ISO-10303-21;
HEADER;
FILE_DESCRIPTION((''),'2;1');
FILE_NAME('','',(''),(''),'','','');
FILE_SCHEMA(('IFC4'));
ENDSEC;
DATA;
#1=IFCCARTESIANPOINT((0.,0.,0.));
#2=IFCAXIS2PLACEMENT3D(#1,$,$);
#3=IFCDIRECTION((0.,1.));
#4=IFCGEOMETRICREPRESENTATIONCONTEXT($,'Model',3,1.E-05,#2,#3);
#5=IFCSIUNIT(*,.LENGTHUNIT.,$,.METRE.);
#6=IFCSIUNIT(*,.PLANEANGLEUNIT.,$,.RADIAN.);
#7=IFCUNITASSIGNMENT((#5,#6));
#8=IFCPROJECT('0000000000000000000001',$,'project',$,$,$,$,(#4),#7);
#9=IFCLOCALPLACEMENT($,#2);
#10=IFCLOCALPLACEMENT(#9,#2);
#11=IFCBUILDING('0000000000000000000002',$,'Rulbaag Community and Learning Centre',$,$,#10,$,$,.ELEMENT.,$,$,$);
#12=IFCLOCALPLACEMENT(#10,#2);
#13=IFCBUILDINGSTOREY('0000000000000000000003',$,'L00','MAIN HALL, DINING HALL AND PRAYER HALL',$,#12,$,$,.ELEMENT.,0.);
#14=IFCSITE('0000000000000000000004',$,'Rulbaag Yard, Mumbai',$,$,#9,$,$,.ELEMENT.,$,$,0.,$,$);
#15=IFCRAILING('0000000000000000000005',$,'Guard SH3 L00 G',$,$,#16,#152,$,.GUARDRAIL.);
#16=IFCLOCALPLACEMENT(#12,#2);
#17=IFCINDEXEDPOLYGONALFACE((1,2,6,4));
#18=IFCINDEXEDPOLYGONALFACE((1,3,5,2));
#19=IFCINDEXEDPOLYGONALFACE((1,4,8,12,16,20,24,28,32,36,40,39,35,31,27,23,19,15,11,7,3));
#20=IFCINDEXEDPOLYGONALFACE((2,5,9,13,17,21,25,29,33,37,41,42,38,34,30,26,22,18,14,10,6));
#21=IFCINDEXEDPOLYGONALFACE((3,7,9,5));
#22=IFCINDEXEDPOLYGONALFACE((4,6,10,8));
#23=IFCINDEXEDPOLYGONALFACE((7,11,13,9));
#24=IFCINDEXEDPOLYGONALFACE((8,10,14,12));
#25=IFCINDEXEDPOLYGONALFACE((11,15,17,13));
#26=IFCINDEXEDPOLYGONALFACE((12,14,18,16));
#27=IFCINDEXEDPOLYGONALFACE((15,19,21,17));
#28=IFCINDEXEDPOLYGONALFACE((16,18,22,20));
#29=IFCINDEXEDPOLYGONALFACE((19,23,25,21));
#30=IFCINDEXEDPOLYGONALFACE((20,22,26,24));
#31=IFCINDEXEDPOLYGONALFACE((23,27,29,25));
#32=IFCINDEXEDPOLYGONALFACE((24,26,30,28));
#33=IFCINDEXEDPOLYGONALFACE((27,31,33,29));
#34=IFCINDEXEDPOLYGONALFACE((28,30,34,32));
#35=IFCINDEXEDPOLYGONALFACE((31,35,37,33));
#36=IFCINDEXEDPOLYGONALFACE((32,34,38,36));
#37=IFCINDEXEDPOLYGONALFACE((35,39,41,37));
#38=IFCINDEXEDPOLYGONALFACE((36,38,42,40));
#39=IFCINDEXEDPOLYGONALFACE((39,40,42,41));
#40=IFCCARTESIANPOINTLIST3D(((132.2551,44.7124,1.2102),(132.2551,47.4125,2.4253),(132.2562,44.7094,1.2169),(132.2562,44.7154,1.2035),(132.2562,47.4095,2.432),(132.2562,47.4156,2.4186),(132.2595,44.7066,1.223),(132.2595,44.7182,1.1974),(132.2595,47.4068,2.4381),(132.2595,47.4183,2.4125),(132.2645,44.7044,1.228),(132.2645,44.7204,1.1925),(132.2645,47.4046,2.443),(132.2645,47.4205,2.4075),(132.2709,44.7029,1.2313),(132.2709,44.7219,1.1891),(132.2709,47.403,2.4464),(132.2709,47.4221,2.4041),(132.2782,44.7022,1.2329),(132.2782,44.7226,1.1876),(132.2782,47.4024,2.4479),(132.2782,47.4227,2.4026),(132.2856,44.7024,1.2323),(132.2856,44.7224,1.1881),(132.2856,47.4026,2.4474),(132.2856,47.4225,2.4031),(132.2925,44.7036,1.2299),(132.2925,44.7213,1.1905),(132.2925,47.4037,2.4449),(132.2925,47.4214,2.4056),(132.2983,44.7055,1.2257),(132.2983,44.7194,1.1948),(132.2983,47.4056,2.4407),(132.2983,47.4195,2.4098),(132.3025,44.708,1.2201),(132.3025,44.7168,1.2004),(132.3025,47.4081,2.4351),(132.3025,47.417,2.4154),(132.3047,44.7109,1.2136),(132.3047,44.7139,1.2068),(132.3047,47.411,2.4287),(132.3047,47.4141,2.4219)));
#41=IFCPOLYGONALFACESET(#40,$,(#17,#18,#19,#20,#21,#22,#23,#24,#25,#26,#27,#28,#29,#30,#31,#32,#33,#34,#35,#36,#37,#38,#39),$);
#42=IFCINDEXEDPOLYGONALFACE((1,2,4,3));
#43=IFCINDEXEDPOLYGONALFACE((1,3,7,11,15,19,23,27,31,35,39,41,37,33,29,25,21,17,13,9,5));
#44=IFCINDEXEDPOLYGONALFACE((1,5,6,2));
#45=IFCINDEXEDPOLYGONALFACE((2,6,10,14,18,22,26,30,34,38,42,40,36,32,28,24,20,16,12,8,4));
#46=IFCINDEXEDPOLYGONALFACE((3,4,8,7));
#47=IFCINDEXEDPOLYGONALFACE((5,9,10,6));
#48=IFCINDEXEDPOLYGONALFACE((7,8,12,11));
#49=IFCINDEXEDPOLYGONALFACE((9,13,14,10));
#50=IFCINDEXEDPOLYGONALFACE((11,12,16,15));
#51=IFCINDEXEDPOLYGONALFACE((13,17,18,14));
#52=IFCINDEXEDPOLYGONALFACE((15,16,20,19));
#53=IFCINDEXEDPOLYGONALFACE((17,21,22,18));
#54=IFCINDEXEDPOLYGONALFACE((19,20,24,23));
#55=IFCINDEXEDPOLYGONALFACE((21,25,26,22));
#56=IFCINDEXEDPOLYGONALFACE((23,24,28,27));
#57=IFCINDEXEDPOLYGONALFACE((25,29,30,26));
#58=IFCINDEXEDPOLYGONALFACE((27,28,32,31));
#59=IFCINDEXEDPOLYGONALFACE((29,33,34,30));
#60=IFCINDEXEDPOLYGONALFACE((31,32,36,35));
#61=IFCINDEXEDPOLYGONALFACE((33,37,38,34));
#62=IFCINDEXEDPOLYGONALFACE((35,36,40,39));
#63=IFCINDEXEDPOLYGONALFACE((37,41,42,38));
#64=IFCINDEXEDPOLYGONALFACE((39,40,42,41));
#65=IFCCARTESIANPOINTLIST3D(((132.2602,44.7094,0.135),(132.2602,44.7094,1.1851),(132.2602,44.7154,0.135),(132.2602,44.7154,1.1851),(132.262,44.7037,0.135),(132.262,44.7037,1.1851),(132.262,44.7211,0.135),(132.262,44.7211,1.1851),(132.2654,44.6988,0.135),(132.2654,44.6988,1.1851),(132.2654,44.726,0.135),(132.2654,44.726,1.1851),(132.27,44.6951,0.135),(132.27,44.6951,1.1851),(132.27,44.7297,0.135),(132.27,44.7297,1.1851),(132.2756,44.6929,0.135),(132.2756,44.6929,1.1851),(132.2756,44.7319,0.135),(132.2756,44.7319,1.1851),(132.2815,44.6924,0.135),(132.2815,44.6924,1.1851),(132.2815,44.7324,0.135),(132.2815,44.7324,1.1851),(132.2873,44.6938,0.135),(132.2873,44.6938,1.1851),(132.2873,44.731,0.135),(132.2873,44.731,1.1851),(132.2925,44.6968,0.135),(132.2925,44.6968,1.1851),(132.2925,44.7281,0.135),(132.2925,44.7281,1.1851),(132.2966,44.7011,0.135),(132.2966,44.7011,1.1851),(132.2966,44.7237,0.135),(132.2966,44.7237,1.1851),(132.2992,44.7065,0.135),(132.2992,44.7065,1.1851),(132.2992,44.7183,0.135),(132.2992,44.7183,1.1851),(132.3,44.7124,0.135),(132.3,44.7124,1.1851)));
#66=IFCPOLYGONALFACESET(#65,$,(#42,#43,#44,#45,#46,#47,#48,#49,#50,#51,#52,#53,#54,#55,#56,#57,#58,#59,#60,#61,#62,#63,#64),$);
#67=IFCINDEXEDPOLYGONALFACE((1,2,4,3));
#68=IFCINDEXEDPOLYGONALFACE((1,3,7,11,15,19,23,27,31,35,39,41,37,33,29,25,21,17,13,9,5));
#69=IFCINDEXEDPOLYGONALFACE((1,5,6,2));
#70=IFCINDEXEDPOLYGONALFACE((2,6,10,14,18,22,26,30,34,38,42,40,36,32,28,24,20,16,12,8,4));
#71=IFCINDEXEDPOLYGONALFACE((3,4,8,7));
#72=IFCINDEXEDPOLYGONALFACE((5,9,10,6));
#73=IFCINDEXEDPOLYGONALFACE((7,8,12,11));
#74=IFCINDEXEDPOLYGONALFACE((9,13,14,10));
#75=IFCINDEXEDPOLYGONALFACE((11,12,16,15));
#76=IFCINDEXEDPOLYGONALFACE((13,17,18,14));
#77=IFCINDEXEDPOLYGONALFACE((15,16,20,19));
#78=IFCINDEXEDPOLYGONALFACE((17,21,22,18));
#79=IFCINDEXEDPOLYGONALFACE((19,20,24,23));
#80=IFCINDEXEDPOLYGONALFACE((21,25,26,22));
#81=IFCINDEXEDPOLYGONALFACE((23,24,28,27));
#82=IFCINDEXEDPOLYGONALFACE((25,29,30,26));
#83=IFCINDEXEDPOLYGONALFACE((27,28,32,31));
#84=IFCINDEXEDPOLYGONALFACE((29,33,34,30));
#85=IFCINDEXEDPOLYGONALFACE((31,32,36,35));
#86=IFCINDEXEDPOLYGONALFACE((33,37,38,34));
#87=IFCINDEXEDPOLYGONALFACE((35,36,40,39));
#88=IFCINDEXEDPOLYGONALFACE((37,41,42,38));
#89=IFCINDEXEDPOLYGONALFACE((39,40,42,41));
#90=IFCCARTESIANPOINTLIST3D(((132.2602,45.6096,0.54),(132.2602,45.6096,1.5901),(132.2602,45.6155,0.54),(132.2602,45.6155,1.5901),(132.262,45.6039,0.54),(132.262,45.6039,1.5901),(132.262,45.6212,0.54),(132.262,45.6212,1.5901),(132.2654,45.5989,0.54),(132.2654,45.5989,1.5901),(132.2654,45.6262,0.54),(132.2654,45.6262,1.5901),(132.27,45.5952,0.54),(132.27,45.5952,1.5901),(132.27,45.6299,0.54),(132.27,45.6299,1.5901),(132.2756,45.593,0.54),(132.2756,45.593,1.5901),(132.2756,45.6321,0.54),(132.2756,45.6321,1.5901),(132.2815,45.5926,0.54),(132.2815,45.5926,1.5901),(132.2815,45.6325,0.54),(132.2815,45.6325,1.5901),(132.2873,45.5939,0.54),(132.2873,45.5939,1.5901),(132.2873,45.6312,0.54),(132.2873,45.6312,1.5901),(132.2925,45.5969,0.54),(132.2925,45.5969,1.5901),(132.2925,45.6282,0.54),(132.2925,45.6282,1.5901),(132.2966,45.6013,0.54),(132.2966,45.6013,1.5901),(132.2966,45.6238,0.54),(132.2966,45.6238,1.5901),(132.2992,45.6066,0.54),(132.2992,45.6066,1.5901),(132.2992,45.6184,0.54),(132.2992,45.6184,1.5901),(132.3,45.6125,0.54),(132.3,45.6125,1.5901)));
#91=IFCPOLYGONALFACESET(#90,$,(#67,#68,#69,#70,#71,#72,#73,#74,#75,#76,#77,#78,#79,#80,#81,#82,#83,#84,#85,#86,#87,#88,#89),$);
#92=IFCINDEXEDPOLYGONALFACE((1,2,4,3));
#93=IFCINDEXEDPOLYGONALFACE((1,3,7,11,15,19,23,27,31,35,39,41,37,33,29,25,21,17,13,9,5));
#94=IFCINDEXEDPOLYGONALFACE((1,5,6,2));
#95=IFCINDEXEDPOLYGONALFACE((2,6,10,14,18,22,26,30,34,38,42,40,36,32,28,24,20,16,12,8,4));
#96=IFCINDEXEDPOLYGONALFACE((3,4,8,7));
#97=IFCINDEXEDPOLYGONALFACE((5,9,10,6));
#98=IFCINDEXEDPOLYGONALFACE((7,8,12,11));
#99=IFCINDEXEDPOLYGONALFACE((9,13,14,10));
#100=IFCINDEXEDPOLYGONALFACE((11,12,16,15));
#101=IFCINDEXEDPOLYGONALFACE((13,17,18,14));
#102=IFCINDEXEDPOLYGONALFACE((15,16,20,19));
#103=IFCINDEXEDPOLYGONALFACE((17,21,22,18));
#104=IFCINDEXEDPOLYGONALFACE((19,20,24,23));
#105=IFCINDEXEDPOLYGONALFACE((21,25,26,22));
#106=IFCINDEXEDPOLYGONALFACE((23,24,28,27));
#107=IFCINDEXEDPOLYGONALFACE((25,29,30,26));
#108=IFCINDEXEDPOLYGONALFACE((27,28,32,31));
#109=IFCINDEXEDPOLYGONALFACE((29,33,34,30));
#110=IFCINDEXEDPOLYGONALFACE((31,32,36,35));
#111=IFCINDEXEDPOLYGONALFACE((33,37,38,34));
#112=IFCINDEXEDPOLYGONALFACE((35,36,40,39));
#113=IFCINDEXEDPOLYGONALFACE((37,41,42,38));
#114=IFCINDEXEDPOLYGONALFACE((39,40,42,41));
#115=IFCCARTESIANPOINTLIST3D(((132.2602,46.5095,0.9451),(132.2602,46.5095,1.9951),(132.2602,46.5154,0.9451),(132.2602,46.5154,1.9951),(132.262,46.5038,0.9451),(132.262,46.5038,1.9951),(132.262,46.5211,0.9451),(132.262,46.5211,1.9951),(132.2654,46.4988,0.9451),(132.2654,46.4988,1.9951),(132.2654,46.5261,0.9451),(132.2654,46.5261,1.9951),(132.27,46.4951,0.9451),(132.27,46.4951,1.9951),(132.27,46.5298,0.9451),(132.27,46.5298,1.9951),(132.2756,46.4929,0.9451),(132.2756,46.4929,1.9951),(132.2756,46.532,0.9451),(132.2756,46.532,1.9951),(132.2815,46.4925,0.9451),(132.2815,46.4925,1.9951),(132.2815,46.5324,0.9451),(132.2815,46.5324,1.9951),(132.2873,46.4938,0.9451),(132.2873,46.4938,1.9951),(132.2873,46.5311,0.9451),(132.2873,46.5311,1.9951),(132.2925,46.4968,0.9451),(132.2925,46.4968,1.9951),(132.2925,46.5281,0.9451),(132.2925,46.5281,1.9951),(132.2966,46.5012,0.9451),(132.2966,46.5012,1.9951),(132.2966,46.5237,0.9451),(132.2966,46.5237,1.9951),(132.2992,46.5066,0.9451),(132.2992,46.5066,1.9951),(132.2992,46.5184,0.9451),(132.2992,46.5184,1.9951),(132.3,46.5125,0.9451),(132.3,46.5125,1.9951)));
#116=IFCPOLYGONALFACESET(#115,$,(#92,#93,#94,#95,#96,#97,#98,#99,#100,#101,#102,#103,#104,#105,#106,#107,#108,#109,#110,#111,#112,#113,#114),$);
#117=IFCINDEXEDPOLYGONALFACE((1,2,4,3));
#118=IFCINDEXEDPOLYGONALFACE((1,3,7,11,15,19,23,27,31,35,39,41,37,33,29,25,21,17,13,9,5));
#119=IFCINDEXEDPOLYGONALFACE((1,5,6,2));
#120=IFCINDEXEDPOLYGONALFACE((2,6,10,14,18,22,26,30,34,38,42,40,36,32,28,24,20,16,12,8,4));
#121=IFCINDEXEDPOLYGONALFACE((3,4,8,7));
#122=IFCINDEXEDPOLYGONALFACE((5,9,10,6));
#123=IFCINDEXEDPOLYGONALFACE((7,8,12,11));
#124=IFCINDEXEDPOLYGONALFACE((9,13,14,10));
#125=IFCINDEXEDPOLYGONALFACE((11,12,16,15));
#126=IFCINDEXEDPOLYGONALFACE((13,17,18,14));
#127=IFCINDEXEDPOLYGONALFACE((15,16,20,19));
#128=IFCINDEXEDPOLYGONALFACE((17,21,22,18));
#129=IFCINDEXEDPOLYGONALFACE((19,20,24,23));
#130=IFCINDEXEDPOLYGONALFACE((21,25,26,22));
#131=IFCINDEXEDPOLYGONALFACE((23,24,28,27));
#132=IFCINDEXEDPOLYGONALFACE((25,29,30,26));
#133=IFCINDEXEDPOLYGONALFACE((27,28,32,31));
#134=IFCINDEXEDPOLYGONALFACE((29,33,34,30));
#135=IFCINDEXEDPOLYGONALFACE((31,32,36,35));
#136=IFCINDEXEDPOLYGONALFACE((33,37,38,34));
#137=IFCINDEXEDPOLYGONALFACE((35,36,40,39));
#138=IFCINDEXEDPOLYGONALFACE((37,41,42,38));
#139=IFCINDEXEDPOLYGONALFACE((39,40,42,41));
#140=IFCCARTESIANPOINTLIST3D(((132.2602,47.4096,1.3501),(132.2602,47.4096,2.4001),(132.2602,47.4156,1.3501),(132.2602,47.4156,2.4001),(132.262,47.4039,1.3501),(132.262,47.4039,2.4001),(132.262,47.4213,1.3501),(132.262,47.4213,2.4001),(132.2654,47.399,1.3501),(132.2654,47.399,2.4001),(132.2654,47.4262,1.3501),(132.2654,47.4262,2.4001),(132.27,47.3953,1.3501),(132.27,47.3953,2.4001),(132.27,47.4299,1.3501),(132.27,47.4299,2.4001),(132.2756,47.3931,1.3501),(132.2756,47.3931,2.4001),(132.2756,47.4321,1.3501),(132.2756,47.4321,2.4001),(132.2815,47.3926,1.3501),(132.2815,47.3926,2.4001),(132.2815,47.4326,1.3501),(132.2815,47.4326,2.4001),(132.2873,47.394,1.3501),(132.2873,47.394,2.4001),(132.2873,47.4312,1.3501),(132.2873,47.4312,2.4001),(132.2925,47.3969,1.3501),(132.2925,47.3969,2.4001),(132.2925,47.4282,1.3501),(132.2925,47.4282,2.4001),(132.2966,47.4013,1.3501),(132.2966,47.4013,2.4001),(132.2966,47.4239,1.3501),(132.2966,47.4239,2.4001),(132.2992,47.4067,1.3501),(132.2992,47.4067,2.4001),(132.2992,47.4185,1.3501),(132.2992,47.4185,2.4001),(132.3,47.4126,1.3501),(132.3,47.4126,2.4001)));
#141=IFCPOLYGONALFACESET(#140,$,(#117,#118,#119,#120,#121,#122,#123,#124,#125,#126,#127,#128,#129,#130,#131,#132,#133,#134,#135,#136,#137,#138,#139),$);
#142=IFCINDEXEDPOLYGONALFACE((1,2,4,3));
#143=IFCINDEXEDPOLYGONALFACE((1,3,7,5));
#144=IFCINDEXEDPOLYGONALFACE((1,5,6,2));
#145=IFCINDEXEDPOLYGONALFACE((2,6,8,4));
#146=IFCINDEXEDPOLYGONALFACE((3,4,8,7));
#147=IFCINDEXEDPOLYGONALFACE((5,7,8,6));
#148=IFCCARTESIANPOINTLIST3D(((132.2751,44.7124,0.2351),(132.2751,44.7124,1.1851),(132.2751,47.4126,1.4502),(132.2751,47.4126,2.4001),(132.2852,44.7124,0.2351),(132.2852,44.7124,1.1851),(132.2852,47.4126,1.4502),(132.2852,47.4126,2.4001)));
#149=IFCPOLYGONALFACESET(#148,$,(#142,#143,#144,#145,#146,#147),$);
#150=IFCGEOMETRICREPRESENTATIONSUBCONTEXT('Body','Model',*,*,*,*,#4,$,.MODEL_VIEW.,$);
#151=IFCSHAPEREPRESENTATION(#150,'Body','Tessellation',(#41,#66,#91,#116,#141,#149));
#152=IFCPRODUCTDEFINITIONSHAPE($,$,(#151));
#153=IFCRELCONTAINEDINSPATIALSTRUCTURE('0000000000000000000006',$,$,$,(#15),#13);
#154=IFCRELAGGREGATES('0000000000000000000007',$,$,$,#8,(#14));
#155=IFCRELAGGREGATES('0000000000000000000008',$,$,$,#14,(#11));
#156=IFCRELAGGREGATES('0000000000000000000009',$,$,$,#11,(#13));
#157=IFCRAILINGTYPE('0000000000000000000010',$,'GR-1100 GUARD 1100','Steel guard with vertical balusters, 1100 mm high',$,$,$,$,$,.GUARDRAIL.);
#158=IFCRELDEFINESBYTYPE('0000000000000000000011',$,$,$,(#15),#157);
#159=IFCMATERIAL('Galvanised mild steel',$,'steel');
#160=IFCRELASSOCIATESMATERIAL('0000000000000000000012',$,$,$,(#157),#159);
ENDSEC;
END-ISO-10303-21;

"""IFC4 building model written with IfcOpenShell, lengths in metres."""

from ifc_helpers import new_model, si_unit, direction, frame, origin, origin_2d, place, context, subcontext, project, spatial, polyline, circle, outline, extrude, material, type_object, element, save


model = new_model("IFC4")

# Units and contexts
model_context = context("Model", 3, precision=1e-05, world=origin(), true_north=direction((0.0, 1.0)))
body_context = subcontext(model_context, "Body", "Model", "MODEL_VIEW")
ifc_project = project(units=[si_unit("LENGTHUNIT", "METRE"), si_unit("PLANEANGLEUNIT", "RADIAN")], contexts=[model_context])

# Site, building, storey
site_placement = place(None, origin())
site = spatial("IfcSite", under=ifc_project, at=site_placement, Name="Rulbaag Yard, Mumbai", CompositionType="ELEMENT", RefElevation=0.0)
building_placement = place(site_placement, origin())
building = spatial("IfcBuilding", under=site, at=building_placement, Name="Rulbaag Community and Learning Centre", CompositionType="ELEMENT")
storey_placement = place(building_placement, origin())
storey = spatial("IfcBuildingStorey", under=building, at=storey_placement, Name="L00", Description="MAIN HALL, DINING HALL AND PRAYER HALL", CompositionType="ELEMENT", Elevation=0.0)

# Railing
ifc_material_1 = material(Name="Galvanised mild steel", Category="steel")
railing_type_1 = type_object("IfcRailingType", Name="GR-1100 GUARD 1100", Description="Steel guard with vertical balusters, 1100 mm high", PredefinedType="GUARDRAIL", material=ifc_material_1)
railing_1_placement = place(storey_placement, frame((132.28, 44.7124, 0.135)))
element("IfcRailing", 1, at=railing_1_placement, inside=storey, type_object=railing_type_1, Name="Guard SH3 L00 G", PredefinedType="GUARDRAIL", context=body_context, shape_type="SweptSolid", body=[
    extrude(circle(Radius=0.0249, at=origin_2d()), frame((0.0, 0.0, 1.0752), z_axis=(0.0, 0.911922, 0.410365), x_axis=(-1.0, 0.0, 0.0)), (0.0, 0.0, 1.0), 2.9609),
    extrude(circle(Radius=0.02, at=origin_2d()), origin(), (0.0, 0.0, 1.0), 1.05),
    extrude(circle(Radius=0.02, at=origin_2d()), frame((0.0, 0.9001, 0.405)), (0.0, 0.0, 1.0), 1.05),
    extrude(circle(Radius=0.02, at=origin_2d()), frame((0.0, 1.8, 0.8101)), (0.0, 0.0, 1.0), 1.05),
    extrude(circle(Radius=0.02, at=origin_2d()), frame((0.0, 2.7002, 1.2151)), (0.0, 0.0, 1.0), 1.05),
    extrude(outline(polyline([(0.0, 0.0), (2.7002, 1.2151), (2.7002, 2.165), (0.0, 0.95), (0.0, 0.0)])), frame((-0.0049, 0.0, 0.1001), z_axis=(1.0, 0.0, 0.0), x_axis=(0.0, 1.0, 0.0)), (0.0, 0.0, 1.0), 0.01),
])

save(model, "model.ifc")
